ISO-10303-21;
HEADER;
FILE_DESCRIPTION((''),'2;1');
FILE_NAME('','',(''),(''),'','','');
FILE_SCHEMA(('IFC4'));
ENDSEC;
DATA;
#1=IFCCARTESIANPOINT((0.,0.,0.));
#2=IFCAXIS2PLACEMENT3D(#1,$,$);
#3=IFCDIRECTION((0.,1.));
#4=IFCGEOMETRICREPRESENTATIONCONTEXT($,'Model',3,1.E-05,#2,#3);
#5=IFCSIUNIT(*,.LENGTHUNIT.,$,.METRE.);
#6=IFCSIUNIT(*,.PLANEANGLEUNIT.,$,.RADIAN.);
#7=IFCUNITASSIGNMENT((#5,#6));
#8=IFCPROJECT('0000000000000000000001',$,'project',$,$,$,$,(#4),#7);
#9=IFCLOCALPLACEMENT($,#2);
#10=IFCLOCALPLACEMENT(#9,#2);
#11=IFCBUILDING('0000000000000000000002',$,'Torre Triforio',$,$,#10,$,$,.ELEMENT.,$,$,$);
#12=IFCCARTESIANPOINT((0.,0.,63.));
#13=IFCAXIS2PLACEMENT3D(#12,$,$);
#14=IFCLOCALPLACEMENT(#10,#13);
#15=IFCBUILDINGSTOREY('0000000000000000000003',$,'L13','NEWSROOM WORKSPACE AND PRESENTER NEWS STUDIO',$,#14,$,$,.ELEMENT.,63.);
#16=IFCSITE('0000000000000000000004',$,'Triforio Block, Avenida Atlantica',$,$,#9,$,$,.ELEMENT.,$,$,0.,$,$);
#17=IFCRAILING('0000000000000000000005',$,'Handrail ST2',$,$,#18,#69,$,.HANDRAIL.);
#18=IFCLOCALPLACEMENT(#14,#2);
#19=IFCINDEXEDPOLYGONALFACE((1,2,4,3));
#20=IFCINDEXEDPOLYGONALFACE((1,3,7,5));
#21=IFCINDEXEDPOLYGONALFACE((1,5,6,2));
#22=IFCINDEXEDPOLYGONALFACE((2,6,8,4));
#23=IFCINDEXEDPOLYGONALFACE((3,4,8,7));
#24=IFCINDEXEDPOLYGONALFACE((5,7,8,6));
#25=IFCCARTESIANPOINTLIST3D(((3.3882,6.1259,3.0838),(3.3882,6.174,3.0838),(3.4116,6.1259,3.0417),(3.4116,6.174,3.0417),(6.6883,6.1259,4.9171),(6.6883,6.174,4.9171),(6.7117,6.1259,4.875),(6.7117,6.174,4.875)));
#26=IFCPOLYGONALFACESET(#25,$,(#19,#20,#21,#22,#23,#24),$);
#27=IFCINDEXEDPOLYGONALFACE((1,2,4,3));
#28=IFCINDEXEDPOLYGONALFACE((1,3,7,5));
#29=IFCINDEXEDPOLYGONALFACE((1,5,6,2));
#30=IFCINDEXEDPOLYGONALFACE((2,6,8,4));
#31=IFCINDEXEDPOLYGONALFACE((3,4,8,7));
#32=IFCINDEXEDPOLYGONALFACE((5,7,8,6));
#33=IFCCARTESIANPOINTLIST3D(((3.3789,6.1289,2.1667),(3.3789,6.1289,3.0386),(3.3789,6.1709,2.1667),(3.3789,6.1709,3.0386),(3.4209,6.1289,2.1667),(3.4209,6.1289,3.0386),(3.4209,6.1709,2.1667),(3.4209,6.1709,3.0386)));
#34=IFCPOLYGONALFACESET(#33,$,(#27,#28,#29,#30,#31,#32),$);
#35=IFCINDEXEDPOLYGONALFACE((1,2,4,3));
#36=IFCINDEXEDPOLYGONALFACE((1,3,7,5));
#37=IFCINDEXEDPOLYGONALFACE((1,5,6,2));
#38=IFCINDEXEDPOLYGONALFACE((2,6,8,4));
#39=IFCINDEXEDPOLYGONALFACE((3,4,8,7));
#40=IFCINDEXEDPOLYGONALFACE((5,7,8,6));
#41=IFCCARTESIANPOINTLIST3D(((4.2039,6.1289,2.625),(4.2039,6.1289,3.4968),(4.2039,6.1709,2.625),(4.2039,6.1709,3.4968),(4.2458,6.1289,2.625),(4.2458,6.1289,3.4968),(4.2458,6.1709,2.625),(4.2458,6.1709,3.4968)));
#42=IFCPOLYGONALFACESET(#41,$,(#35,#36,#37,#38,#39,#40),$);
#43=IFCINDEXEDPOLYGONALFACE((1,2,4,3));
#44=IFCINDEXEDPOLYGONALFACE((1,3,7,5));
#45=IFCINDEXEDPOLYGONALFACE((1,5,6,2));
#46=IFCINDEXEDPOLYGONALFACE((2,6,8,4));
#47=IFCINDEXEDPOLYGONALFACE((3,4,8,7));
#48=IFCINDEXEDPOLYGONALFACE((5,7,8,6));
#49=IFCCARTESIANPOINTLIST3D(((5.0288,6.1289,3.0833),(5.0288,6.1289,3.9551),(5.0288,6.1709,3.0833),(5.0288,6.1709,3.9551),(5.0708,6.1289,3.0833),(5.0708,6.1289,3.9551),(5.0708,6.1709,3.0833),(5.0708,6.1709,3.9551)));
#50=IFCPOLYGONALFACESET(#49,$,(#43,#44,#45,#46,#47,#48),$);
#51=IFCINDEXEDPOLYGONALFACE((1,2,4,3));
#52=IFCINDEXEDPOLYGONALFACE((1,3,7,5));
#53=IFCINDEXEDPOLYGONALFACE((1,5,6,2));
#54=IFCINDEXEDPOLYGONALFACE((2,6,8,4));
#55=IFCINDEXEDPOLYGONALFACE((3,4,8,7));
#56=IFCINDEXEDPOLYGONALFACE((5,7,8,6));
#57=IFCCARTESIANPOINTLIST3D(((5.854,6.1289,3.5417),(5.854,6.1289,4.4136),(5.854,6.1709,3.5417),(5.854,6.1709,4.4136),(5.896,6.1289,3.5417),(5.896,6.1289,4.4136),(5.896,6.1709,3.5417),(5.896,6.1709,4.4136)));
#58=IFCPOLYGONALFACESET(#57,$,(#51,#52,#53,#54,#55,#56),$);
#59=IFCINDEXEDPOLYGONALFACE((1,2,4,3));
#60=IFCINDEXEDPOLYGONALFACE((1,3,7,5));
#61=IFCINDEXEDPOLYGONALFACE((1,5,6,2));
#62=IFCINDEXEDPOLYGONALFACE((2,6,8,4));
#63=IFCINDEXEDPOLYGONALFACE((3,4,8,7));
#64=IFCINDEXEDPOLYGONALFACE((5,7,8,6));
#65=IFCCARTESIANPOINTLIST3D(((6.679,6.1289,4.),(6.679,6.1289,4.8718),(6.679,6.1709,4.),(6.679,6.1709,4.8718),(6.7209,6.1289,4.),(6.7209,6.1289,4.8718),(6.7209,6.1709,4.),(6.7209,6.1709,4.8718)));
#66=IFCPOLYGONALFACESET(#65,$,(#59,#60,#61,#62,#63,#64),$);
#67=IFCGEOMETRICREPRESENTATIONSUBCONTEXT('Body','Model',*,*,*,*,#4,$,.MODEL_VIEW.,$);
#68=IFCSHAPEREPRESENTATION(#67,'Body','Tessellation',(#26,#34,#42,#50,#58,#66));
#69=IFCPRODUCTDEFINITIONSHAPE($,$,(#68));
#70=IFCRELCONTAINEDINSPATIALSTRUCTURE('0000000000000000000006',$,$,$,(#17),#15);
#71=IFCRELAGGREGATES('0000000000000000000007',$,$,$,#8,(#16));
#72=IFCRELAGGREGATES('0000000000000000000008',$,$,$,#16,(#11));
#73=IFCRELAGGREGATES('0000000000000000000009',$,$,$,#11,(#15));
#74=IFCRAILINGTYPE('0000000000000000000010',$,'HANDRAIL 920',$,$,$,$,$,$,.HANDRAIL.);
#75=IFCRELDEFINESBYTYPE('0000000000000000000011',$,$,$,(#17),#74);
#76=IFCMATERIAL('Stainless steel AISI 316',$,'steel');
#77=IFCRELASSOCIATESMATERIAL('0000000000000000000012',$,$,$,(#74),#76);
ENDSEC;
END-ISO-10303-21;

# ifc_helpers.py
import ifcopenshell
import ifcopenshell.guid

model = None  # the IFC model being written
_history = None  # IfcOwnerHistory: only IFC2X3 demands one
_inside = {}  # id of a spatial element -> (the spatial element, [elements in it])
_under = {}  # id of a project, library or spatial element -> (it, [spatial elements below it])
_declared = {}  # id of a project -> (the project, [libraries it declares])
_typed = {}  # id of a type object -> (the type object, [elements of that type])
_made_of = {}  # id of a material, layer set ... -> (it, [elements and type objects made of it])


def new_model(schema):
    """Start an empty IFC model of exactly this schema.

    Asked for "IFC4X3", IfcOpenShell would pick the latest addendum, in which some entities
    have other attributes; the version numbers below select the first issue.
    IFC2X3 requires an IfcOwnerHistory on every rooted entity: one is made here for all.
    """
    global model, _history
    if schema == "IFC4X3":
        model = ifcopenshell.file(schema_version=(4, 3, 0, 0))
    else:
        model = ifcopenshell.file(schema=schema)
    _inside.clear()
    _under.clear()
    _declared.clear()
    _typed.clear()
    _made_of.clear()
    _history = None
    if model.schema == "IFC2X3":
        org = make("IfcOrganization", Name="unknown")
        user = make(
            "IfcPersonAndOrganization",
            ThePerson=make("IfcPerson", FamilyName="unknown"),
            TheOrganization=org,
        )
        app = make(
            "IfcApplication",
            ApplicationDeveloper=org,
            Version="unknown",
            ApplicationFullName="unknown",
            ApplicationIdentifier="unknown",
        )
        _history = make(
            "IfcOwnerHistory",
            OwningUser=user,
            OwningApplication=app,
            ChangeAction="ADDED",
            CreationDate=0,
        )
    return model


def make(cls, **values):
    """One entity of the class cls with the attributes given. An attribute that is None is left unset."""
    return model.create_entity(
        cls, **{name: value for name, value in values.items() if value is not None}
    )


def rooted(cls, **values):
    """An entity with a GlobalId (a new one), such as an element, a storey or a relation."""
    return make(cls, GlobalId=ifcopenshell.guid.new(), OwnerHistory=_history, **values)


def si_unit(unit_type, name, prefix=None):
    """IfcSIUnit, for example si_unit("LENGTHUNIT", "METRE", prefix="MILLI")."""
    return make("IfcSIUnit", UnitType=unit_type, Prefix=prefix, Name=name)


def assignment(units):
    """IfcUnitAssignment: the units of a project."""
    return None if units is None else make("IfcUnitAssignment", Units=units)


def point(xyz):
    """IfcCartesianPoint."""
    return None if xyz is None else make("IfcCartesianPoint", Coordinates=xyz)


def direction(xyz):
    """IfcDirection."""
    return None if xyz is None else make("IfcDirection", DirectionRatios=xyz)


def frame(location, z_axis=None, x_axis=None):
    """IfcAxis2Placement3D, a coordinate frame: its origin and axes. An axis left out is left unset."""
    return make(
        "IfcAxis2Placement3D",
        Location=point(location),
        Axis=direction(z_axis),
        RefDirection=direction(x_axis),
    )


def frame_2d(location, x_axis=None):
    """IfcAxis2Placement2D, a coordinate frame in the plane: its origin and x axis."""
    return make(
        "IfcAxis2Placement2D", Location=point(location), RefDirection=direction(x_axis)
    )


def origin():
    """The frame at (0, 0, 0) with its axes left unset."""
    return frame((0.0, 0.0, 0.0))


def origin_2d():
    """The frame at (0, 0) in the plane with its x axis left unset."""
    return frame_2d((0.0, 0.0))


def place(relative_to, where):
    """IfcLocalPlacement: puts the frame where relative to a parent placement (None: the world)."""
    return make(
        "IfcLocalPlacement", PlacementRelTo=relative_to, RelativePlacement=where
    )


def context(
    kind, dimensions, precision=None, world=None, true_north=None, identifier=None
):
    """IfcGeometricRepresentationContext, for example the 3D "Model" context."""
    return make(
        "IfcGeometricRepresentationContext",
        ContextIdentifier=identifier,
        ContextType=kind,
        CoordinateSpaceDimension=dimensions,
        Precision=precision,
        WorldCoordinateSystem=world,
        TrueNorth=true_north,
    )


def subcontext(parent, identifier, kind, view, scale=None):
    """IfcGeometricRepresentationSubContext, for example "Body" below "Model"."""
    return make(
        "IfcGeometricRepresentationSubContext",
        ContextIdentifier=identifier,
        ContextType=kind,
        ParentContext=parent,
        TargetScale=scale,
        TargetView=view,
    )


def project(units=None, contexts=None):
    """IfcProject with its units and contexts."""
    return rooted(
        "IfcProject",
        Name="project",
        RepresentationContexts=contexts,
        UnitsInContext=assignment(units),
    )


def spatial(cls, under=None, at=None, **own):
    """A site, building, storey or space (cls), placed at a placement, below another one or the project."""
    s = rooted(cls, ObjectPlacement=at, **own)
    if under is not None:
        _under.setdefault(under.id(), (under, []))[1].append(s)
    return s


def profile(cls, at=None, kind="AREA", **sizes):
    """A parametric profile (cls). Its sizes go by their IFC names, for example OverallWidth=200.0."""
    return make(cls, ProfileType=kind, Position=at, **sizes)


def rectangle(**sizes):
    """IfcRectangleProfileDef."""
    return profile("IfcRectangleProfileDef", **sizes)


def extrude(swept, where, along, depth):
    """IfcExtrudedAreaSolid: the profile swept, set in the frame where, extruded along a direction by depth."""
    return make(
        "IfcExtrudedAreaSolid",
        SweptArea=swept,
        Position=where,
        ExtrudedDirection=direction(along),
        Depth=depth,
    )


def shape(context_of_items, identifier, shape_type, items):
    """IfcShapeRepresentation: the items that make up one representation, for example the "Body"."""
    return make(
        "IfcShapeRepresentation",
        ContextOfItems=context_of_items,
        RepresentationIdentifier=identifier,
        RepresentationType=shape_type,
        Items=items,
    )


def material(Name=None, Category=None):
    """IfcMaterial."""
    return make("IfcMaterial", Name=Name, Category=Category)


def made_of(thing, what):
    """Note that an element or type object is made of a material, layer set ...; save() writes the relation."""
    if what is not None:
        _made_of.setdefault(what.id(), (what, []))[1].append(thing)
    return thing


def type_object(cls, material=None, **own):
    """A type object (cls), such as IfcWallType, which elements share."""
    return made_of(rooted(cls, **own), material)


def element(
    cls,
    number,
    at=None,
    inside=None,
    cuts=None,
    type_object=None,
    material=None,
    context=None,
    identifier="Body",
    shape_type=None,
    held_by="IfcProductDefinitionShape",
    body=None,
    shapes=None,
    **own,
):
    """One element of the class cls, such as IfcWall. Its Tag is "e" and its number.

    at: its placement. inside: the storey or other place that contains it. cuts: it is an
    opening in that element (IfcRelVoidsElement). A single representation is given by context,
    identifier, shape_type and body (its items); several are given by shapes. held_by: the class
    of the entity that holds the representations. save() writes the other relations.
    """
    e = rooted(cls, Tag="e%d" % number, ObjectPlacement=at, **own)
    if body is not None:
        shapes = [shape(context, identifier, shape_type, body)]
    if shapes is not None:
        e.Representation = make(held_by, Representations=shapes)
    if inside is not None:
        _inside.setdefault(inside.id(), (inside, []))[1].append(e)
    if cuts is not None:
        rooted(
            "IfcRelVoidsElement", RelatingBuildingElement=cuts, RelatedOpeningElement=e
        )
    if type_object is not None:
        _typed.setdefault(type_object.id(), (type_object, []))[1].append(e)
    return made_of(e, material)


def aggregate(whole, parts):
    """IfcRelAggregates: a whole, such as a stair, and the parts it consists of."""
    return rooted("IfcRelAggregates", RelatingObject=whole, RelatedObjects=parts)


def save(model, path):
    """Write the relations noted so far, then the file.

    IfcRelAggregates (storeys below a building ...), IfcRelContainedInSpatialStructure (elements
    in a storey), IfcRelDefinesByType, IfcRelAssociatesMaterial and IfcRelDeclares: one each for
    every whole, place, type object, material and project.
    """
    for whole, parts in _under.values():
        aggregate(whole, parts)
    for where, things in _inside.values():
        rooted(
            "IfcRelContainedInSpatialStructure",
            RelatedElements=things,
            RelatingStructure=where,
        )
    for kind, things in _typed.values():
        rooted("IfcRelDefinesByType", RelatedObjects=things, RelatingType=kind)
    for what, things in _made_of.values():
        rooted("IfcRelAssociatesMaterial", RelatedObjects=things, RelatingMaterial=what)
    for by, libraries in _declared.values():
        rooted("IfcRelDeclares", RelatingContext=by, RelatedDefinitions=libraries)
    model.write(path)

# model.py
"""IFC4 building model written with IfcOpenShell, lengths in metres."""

from ifc_helpers import new_model, si_unit, direction, frame, origin, origin_2d, place, context, subcontext, project, spatial, rectangle, extrude, material, type_object, element, save


model = new_model("IFC4")

# Units and contexts
model_context = context("Model", 3, precision=1e-05, world=origin(), true_north=direction((0.0, 1.0)))
body_context = subcontext(model_context, "Body", "Model", "MODEL_VIEW")
ifc_project = project(units=[si_unit("LENGTHUNIT", "METRE"), si_unit("PLANEANGLEUNIT", "RADIAN")], contexts=[model_context])

# Site, building, storey
site_placement = place(None, origin())
site = spatial("IfcSite", under=ifc_project, at=site_placement, Name="Triforio Block, Avenida Atlantica", CompositionType="ELEMENT", RefElevation=0.0)
building_placement = place(site_placement, origin())
building = spatial("IfcBuilding", under=site, at=building_placement, Name="Torre Triforio", CompositionType="ELEMENT")
storey_placement = place(building_placement, frame((0.0, 0.0, 63.0)))
storey = spatial("IfcBuildingStorey", under=building, at=storey_placement, Name="L13", Description="NEWSROOM WORKSPACE AND PRESENTER NEWS STUDIO", CompositionType="ELEMENT", Elevation=63.0)

# Railing
ifc_material_1 = material(Name="Stainless steel AISI 316", Category="steel")
railing_type = type_object("IfcRailingType", Name="HANDRAIL 920", PredefinedType="HANDRAIL", material=ifc_material_1)
railing_placement = place(storey_placement, frame((3.3999, 6.1499, 2.1667)))
element("IfcRailing", 1, at=railing_placement, inside=storey, type_object=railing_type, Name="Handrail ST2", PredefinedType="HANDRAIL", context=body_context, shape_type="SweptSolid", body=[
    extrude(rectangle(XDim=0.0481, YDim=0.0481, at=origin_2d()), frame((0.0, 0.0, 0.896), z_axis=(0.874169, 0.0, 0.485621), x_axis=(0.0, 1.0, 0.0)), (0.0, 0.0, 1.0), 3.7751),
    extrude(rectangle(XDim=0.042, YDim=0.042, at=origin_2d()), origin(), (0.0, 0.0, 1.0), 0.8718),
    extrude(rectangle(XDim=0.042, YDim=0.042, at=origin_2d()), frame((0.825, 0.0, 0.4583)), (0.0, 0.0, 1.0), 0.8718),
    extrude(rectangle(XDim=0.042, YDim=0.042, at=origin_2d()), frame((1.6499, 0.0, 0.9165)), (0.0, 0.0, 1.0), 0.8718),
    extrude(rectangle(XDim=0.042, YDim=0.042, at=origin_2d()), frame((2.4751, 0.0, 1.375)), (0.0, 0.0, 1.0), 0.8718),
    extrude(rectangle(XDim=0.042, YDim=0.042, at=origin_2d()), frame((3.3, 0.0, 1.8333)), (0.0, 0.0, 1.0), 0.8718),
])

save(model, "model.ifc")
